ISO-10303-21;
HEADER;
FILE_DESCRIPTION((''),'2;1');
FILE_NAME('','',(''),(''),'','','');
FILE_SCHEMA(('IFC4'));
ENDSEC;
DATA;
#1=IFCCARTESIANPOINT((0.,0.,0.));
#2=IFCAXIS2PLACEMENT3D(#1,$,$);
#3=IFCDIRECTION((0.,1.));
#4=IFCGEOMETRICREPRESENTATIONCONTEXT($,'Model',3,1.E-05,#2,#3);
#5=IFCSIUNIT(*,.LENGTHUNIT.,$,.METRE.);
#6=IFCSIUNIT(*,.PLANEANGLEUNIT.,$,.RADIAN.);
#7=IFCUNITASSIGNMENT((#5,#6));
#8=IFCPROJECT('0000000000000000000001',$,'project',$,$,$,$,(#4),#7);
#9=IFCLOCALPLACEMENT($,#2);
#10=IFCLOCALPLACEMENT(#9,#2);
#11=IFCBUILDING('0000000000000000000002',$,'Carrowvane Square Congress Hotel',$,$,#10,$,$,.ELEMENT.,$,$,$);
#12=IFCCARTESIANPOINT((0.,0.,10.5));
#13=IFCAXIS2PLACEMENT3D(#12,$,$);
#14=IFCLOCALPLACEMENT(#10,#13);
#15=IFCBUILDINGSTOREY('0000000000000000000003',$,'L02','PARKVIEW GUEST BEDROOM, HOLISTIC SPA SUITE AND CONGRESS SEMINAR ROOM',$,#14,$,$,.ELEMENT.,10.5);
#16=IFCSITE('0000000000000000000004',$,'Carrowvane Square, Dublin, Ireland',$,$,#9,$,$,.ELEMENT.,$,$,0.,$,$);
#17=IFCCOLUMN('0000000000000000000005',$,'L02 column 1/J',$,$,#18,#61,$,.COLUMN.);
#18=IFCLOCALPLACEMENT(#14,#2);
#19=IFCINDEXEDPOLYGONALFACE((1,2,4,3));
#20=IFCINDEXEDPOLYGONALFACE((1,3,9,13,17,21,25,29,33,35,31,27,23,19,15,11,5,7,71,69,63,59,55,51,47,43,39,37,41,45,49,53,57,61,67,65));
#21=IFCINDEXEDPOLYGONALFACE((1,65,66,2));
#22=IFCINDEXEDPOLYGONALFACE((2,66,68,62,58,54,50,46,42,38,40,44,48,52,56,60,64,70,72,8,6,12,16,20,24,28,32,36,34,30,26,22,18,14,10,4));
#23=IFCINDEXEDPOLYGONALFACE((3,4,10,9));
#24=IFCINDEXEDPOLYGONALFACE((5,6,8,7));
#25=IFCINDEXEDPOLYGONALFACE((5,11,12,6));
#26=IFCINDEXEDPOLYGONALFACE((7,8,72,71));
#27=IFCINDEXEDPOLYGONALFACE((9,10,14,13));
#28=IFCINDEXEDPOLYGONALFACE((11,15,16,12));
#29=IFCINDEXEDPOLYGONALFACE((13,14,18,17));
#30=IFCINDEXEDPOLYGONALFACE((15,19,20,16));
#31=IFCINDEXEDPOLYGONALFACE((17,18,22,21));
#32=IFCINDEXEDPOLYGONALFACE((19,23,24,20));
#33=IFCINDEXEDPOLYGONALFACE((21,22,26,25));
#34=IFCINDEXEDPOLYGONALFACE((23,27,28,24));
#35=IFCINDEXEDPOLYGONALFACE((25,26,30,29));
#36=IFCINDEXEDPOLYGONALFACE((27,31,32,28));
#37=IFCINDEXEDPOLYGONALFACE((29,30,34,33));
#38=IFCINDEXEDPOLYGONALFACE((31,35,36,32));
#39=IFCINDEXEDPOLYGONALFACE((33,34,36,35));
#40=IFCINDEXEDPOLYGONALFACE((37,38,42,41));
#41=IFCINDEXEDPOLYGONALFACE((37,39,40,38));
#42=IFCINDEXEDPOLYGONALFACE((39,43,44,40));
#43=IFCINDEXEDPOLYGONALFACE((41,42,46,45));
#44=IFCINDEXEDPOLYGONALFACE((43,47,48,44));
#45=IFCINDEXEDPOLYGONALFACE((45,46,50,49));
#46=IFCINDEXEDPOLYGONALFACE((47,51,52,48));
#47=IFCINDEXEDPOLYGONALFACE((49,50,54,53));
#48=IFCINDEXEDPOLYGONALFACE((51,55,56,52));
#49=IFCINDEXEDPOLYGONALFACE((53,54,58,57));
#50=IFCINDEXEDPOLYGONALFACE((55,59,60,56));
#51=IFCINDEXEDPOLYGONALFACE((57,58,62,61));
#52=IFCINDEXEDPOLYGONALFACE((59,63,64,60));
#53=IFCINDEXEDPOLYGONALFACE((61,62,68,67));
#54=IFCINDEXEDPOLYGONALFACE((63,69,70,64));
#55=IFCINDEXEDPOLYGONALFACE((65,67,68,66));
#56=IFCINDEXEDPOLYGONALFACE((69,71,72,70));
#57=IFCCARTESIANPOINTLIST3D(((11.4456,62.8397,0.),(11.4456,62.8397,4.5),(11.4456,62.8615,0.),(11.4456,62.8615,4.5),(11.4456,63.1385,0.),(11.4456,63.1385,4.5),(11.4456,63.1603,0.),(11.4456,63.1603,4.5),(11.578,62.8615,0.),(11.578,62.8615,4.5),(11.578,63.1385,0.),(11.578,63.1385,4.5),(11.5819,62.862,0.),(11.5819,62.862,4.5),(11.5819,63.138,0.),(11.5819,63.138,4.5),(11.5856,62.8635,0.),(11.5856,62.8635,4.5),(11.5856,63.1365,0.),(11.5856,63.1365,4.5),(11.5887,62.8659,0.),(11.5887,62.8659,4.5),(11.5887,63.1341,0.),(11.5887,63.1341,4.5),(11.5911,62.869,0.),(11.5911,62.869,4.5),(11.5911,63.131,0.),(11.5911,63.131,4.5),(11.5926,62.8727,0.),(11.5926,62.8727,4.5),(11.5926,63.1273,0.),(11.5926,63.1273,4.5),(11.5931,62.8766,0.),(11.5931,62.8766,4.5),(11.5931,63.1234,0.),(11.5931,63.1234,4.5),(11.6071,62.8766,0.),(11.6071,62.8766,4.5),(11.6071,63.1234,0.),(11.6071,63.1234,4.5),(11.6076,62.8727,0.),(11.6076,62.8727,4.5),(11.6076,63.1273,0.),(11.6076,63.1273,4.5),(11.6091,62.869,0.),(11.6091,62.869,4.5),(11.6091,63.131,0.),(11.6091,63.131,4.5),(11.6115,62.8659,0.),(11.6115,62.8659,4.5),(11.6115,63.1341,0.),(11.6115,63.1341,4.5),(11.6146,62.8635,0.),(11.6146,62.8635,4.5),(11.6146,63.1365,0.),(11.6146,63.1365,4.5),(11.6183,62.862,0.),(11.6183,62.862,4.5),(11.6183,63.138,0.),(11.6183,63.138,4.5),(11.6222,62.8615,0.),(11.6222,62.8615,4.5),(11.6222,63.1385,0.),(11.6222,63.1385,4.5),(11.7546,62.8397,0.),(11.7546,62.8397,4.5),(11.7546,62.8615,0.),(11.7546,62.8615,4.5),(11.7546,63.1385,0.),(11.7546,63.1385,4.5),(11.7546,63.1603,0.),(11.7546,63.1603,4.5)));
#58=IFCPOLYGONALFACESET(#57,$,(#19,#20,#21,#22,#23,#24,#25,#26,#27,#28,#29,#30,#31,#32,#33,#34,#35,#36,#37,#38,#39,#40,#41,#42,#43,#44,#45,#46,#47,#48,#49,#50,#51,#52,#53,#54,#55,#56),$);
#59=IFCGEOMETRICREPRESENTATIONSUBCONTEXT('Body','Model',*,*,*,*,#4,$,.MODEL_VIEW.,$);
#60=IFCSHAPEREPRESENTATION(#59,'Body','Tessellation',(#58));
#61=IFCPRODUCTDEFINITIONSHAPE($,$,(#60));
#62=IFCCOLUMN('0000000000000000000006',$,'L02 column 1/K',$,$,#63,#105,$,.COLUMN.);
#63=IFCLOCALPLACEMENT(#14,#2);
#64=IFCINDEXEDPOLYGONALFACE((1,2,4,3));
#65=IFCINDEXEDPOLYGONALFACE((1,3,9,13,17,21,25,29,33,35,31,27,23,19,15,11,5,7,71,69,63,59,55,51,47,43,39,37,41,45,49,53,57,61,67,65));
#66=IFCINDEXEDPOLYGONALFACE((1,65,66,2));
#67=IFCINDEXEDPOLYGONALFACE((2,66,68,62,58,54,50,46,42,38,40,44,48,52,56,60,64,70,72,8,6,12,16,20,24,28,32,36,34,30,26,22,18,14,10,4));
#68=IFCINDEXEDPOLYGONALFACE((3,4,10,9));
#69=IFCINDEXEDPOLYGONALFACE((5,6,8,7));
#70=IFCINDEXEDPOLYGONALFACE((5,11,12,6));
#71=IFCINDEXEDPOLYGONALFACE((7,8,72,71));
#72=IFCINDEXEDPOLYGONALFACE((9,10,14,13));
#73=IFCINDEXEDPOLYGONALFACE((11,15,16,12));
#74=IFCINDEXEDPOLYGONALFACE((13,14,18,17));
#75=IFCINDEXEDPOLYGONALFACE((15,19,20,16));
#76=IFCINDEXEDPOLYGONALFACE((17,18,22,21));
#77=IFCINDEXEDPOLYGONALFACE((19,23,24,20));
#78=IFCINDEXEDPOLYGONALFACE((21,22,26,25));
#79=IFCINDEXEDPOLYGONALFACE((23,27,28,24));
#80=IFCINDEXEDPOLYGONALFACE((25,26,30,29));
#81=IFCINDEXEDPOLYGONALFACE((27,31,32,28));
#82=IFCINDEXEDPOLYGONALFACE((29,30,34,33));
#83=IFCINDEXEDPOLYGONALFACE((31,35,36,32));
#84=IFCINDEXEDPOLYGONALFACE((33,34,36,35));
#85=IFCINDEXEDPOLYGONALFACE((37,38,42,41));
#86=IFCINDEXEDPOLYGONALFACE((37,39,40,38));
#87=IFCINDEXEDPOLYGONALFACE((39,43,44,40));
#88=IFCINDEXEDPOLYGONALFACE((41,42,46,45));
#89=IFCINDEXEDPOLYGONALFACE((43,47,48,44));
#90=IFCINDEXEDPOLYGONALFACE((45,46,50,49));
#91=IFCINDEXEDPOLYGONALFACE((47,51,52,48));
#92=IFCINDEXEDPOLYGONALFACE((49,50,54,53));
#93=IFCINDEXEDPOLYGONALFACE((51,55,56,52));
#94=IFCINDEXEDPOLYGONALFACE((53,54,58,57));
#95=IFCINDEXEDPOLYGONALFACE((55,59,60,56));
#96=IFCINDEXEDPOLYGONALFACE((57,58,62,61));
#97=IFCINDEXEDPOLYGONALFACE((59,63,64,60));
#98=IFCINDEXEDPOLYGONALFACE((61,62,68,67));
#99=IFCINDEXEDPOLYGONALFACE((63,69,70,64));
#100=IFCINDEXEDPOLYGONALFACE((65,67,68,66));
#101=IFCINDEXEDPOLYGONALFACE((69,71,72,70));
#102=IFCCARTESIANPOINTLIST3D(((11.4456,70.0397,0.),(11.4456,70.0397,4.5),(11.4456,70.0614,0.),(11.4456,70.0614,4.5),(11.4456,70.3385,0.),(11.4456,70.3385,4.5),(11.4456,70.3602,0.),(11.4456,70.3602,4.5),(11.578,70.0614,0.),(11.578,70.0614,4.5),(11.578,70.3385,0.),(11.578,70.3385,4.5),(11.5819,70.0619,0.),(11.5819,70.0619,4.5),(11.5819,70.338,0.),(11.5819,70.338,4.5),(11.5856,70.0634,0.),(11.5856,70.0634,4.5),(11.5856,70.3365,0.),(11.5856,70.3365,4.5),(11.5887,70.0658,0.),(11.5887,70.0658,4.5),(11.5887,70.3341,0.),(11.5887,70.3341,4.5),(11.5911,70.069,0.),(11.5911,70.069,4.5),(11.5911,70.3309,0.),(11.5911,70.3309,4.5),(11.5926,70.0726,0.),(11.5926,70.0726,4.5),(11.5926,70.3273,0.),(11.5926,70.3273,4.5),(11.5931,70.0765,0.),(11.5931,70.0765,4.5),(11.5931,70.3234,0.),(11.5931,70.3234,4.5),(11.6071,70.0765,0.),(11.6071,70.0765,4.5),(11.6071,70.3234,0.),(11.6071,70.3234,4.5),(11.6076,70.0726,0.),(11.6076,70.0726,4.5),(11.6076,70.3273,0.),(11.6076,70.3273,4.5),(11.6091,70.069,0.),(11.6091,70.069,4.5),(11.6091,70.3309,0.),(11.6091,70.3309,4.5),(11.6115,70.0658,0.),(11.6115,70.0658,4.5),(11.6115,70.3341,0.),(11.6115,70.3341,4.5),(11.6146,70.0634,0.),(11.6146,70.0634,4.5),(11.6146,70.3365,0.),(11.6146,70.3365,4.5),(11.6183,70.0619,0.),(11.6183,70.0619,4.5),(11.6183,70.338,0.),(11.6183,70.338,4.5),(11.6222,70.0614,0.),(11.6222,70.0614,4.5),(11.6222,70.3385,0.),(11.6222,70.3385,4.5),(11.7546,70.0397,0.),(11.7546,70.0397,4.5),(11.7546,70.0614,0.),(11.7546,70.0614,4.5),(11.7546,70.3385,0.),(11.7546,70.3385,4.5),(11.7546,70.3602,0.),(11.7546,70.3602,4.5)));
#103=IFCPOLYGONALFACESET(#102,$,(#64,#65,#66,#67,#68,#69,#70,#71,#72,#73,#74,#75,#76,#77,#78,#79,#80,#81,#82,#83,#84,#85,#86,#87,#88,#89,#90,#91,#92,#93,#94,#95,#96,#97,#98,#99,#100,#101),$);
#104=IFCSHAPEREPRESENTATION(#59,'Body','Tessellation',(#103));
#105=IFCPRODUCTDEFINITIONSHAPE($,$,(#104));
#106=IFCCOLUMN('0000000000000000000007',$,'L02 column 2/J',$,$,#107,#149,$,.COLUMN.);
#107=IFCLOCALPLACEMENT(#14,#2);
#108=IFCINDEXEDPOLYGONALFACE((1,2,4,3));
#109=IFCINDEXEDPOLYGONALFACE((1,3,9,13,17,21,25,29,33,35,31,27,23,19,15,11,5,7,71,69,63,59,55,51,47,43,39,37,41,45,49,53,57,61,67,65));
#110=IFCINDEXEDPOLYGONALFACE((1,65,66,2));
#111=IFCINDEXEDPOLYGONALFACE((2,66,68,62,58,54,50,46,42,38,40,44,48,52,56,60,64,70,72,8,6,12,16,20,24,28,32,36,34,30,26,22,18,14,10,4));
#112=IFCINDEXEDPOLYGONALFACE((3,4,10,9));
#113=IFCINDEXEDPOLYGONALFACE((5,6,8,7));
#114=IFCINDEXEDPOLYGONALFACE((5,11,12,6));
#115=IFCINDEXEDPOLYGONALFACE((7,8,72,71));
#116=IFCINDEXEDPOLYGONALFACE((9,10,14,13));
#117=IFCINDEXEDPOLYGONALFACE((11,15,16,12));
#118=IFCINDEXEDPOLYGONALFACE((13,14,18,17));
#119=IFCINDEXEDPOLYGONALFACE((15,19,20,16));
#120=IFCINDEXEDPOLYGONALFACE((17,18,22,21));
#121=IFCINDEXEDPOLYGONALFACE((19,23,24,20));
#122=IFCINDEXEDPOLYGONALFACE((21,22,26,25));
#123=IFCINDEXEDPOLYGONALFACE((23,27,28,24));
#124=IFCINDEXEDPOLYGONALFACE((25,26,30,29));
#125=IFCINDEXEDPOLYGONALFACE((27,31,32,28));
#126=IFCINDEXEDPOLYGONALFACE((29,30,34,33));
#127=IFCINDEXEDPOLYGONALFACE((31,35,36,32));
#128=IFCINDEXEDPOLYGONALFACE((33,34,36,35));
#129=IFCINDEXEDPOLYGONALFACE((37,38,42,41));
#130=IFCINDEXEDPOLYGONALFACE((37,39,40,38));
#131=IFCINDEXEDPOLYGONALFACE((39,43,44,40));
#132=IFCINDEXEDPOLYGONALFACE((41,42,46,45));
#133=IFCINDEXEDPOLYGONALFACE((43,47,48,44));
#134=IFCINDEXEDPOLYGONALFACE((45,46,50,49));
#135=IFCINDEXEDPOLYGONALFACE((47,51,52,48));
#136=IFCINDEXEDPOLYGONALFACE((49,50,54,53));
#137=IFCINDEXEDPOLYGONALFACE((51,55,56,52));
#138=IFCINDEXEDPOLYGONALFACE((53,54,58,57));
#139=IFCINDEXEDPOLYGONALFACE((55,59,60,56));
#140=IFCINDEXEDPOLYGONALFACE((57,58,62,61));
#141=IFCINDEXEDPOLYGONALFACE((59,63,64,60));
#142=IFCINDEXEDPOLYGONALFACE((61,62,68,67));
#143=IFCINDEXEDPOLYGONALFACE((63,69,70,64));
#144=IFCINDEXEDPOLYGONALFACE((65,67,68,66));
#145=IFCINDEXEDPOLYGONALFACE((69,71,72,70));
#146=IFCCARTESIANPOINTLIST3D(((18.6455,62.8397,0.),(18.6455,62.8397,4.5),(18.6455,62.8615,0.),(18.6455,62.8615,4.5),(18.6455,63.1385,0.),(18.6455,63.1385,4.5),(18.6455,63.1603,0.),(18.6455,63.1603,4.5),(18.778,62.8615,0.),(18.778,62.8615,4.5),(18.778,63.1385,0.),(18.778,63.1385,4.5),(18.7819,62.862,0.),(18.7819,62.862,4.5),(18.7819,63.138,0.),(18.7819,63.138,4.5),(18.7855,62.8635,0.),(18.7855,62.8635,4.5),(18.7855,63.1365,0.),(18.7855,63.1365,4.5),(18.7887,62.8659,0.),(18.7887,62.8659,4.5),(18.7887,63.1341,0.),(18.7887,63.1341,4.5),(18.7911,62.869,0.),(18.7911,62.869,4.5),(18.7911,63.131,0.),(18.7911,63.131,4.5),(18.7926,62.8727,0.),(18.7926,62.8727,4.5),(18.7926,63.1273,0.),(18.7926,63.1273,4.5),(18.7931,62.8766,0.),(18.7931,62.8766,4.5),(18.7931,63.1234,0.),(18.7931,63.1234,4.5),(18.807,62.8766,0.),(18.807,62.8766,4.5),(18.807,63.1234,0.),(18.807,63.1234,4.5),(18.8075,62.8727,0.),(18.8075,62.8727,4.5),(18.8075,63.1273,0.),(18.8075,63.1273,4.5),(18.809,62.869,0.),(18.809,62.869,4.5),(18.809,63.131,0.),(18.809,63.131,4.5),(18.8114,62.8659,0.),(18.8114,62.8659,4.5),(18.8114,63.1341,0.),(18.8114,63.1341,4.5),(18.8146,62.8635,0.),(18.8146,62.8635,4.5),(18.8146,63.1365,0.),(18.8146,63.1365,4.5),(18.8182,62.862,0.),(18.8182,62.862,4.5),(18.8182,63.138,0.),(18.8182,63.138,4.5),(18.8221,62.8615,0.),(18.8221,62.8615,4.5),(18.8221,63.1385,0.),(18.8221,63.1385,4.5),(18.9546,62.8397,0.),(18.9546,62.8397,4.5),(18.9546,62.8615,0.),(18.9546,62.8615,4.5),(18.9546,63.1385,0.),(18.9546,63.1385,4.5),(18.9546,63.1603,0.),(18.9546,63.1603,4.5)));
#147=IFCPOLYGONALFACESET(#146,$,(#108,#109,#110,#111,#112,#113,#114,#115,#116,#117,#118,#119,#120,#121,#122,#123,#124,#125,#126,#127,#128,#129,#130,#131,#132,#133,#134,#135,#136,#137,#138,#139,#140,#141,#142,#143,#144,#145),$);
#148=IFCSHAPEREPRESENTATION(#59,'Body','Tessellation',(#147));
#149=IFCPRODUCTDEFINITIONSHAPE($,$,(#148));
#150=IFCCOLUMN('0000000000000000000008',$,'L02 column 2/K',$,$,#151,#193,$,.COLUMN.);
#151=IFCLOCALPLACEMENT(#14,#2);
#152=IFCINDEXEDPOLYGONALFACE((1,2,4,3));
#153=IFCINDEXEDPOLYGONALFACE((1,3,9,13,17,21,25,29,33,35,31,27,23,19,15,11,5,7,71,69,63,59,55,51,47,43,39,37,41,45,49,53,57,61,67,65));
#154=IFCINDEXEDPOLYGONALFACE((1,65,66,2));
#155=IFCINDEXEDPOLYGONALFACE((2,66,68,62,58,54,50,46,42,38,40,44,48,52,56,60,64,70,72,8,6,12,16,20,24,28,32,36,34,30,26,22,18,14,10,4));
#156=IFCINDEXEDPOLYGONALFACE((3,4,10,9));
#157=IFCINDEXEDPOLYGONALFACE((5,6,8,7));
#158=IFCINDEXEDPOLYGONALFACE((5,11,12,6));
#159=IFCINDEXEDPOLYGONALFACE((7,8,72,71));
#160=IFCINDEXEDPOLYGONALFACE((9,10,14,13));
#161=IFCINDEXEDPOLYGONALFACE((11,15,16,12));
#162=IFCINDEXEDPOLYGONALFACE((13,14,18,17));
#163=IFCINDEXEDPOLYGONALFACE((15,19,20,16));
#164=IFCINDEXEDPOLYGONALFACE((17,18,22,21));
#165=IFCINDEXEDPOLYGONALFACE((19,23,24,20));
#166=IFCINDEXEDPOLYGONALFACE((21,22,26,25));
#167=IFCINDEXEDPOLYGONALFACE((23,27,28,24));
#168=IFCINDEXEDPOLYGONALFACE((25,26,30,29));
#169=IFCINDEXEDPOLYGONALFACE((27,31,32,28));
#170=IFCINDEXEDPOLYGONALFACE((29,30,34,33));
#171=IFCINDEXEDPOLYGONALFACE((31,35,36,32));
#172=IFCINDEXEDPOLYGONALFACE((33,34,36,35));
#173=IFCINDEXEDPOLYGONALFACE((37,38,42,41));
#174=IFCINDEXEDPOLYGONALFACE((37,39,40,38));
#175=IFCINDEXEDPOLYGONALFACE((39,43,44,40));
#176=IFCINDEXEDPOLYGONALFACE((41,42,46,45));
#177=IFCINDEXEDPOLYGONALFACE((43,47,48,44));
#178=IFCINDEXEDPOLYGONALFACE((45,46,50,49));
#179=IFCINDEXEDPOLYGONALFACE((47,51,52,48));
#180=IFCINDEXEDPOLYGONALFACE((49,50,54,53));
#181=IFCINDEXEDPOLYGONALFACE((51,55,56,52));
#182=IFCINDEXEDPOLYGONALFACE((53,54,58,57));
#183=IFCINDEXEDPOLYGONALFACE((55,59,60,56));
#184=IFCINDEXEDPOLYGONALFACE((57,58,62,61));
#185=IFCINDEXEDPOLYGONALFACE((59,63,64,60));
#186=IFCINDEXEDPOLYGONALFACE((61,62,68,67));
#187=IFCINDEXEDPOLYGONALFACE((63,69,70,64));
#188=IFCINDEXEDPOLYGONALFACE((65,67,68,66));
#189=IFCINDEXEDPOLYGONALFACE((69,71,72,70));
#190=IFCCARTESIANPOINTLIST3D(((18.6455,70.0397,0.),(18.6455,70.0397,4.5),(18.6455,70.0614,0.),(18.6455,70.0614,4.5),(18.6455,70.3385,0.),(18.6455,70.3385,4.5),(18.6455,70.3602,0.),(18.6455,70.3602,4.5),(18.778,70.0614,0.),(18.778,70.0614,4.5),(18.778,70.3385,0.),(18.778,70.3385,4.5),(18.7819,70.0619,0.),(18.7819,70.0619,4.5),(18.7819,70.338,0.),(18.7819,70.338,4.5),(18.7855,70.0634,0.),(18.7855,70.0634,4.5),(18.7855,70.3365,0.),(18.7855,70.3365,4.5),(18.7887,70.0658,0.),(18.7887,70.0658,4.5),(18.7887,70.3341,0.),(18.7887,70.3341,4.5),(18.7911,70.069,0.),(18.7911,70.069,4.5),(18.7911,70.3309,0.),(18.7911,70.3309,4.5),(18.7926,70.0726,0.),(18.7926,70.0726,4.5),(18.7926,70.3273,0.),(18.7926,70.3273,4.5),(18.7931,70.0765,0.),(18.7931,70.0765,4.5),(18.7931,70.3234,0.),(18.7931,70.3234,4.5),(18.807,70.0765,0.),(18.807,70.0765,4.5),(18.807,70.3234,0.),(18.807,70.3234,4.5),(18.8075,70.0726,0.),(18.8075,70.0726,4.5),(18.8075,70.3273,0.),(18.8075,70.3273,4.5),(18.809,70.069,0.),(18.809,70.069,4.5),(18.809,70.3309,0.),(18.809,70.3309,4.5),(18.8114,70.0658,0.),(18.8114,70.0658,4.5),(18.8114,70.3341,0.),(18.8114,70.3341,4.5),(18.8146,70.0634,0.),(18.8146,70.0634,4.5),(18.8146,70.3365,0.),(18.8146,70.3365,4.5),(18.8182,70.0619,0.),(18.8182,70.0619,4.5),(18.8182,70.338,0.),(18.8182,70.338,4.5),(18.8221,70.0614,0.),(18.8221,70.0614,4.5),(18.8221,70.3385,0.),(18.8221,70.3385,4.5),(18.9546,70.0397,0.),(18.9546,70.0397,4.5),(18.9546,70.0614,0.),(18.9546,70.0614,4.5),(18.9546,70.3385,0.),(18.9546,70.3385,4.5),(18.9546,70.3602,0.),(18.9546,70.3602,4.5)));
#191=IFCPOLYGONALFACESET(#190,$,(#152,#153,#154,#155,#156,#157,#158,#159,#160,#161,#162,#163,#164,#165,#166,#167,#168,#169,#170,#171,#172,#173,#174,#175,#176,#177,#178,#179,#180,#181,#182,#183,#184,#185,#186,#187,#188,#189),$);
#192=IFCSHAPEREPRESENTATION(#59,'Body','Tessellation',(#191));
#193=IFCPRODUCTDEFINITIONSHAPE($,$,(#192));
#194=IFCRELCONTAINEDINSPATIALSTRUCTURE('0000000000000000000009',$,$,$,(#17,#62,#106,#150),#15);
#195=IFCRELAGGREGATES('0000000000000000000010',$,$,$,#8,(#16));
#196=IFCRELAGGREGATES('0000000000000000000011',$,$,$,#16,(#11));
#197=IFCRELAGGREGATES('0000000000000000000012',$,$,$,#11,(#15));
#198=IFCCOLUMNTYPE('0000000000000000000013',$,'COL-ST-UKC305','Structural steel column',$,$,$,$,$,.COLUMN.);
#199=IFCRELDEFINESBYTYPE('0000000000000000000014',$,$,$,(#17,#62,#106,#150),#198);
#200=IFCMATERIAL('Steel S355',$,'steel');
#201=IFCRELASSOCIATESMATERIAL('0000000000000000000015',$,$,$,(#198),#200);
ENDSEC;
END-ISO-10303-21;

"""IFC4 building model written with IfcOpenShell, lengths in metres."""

from ifc_helpers import new_model, si_unit, direction, frame, origin, origin_2d, place, context, subcontext, project, spatial, i_section, extrude, material, material_profile, profile_set, type_object, element, save


model = new_model("IFC4")

# Units and contexts
model_context = context("Model", 3, precision=1e-05, world=origin(), true_north=direction((0.0, 1.0)))
body_context = subcontext(model_context, "Body", "Model", "MODEL_VIEW")
ifc_project = project(units=[si_unit("LENGTHUNIT", "METRE"), si_unit("PLANEANGLEUNIT", "RADIAN")], contexts=[model_context])

# Site, building, storey
site_placement = place(None, origin())
site = spatial("IfcSite", under=ifc_project, at=site_placement, Name="Carrowvane Square, Dublin, Ireland", CompositionType="ELEMENT", RefElevation=0.0)
building_placement = place(site_placement, origin())
building = spatial("IfcBuilding", under=site, at=building_placement, Name="Carrowvane Square Congress Hotel", CompositionType="ELEMENT")
storey_placement = place(building_placement, frame((0.0, 0.0, 10.5)))
storey = spatial("IfcBuildingStorey", under=building, at=storey_placement, Name="L02", Description="PARKVIEW GUEST BEDROOM, HOLISTIC SPA SUITE AND CONGRESS SEMINAR ROOM", CompositionType="ELEMENT", Elevation=10.5)

# Columns
ifc_material_1 = material(Name="Steel S355", Category="steel")
ifc_material_profile_1 = material_profile(ifc_material_1, i_section(OverallWidth=0.3091, OverallDepth=0.3206, WebThickness=0.0139, FlangeThickness=0.0217, FilletRadius=0.0151, at=origin_2d()), Name="UKC 305x305x137")
ifc_profile_set_1 = profile_set([ifc_material_profile_1], Name="Steel S355")
column_type = type_object("IfcColumnType", Name="COL-ST-UKC305", Description="Structural steel column", PredefinedType="COLUMN", material=ifc_profile_set_1)
for number, where, z_axis, x_axis, name in (
    (1, (11.6001, 63.0, 0.0), (0.0, 0.0, 1.0), (1.0, 0.0, 0.0), "L02 column 1/J"),
    (2, (11.6001, 70.2, 0.0), (0.0, 0.0, 1.0), (1.0, 0.0, 0.0), "L02 column 1/K"),
    (3, (18.8, 63.0, 0.0), (0.0, 0.0, 1.0), (1.0, 0.0, 0.0), "L02 column 2/J"),
    (4, (18.8, 70.2, 0.0), (0.0, 0.0, 1.0), (1.0, 0.0, 0.0), "L02 column 2/K"),
):
    element("IfcColumn", number, at=place(storey_placement, frame(where, z_axis=z_axis, x_axis=x_axis)), inside=storey, type_object=column_type, Name=name, PredefinedType="COLUMN", context=body_context, shape_type="SweptSolid", body=[
        extrude(i_section(OverallWidth=0.3091, OverallDepth=0.3206, WebThickness=0.0139, FlangeThickness=0.0217, FilletRadius=0.0151, at=origin_2d()), origin(), (0.0, 0.0, 1.0), 4.5),
    ])

save(model, "model.ifc")
